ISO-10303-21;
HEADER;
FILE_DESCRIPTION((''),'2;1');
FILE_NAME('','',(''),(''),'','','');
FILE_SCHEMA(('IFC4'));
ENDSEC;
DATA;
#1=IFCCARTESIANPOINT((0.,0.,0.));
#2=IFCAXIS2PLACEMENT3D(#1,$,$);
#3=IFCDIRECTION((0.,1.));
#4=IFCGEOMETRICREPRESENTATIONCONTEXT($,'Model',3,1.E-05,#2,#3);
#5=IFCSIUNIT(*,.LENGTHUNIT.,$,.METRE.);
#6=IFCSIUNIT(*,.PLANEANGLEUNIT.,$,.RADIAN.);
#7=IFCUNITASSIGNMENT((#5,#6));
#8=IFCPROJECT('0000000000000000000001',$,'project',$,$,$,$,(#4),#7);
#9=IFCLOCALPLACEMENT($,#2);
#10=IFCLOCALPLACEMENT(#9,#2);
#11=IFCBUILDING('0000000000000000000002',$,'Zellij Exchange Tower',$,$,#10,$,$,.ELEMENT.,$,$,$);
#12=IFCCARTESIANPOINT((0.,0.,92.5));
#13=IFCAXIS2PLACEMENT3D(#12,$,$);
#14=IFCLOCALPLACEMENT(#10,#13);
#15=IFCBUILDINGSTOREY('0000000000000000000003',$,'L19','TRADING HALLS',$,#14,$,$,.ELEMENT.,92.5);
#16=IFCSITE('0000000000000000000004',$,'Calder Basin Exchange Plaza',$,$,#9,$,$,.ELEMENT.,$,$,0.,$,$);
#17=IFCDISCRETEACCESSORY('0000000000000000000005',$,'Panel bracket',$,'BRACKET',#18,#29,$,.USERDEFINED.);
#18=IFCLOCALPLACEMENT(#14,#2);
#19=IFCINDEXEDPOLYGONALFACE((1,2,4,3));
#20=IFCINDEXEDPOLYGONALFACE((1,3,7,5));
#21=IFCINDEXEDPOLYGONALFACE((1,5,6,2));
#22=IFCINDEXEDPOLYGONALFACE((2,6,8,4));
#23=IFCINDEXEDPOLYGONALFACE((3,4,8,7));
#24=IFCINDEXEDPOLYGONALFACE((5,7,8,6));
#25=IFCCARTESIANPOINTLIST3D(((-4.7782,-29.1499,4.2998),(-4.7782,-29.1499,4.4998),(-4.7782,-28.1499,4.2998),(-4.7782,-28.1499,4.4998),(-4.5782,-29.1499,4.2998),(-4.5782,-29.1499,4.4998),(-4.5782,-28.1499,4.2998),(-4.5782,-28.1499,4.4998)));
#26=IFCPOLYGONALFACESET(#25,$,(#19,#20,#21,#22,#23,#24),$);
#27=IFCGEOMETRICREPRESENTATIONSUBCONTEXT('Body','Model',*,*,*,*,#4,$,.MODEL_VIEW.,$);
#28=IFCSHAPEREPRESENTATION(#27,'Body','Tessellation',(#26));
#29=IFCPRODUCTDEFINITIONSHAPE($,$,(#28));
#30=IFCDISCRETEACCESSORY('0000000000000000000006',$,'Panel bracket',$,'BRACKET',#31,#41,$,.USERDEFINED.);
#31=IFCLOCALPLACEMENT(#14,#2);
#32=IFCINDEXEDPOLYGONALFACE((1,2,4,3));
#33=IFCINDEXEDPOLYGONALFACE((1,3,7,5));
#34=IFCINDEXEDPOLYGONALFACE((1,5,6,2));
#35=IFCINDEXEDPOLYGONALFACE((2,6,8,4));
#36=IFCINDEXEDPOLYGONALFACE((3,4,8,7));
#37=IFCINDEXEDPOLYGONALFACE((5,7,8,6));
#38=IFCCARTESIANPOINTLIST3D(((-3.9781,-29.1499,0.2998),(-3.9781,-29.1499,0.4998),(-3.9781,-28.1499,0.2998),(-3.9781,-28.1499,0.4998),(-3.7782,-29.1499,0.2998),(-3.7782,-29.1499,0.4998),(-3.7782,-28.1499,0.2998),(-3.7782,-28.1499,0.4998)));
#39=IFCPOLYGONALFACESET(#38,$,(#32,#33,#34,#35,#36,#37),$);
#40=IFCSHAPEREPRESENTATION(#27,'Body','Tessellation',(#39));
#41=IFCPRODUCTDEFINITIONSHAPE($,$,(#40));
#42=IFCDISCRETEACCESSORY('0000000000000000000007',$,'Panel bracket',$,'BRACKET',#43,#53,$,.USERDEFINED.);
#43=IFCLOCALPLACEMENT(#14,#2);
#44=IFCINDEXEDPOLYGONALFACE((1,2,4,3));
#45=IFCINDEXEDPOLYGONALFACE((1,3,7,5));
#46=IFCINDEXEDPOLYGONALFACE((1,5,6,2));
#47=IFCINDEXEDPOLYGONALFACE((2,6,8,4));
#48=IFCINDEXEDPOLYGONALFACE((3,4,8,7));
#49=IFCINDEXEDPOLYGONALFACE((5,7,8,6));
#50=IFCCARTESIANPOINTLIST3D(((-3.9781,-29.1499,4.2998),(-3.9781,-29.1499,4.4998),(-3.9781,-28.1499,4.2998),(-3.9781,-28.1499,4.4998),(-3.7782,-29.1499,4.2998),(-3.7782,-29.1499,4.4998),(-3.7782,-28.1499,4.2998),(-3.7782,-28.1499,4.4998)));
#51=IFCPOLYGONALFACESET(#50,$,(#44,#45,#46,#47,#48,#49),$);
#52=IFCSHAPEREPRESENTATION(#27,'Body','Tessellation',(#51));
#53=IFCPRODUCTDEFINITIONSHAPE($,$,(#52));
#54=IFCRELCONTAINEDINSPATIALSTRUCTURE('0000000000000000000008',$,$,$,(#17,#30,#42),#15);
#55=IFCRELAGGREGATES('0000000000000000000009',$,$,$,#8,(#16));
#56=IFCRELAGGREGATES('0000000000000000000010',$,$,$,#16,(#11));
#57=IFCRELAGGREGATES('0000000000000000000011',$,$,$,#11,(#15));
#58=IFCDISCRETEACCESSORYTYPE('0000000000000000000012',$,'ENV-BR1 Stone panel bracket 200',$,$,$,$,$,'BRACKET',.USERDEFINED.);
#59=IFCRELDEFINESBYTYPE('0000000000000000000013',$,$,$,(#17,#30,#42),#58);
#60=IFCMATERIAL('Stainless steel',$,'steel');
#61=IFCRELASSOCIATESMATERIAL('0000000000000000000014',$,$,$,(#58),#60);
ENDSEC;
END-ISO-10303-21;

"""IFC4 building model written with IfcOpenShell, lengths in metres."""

from ifc_helpers import new_model, si_unit, direction, frame, origin, origin_2d, place, context, subcontext, project, spatial, rectangle, extrude, material, type_object, element, save


model = new_model("IFC4")

# Units and contexts
model_context = context("Model", 3, precision=1e-05, world=origin(), true_north=direction((0.0, 1.0)))
body_context = subcontext(model_context, "Body", "Model", "MODEL_VIEW")
ifc_project = project(units=[si_unit("LENGTHUNIT", "METRE"), si_unit("PLANEANGLEUNIT", "RADIAN")], contexts=[model_context])

# Site, building, storey
site_placement = place(None, origin())
site = spatial("IfcSite", under=ifc_project, at=site_placement, Name="Calder Basin Exchange Plaza", CompositionType="ELEMENT", RefElevation=0.0)
building_placement = place(site_placement, origin())
building = spatial("IfcBuilding", under=site, at=building_placement, Name="Zellij Exchange Tower", CompositionType="ELEMENT")
storey_placement = place(building_placement, frame((0.0, 0.0, 92.5)))
storey = spatial("IfcBuildingStorey", under=building, at=storey_placement, Name="L19", Description="TRADING HALLS", CompositionType="ELEMENT", Elevation=92.5)

# Discrete accessories
ifc_material_1 = material(Name="Stainless steel", Category="steel")
discrete_accessory_type = type_object("IfcDiscreteAccessoryType", Name="ENV-BR1 Stone panel bracket 200", ElementType="BRACKET", PredefinedType="USERDEFINED", material=ifc_material_1)
for number, where, z_axis, x_axis, name in (
    (1, (-4.6782, -28.6499, 4.2998), (0.0, 0.0, 1.0), (1.0, 0.0, 0.0), "Panel bracket"),
    (2, (-3.8782, -28.6499, 0.2998), (0.0, 0.0, 1.0), (1.0, 0.0, 0.0), "Panel bracket"),
    (3, (-3.8782, -28.6499, 4.2998), (0.0, 0.0, 1.0), (1.0, 0.0, 0.0), "Panel bracket"),
):
    element("IfcDiscreteAccessory", number, at=place(storey_placement, frame(where, z_axis=z_axis, x_axis=x_axis)), inside=storey, type_object=discrete_accessory_type, Name=name, ObjectType="BRACKET", PredefinedType="USERDEFINED", context=body_context, shape_type="SweptSolid", body=[
        extrude(rectangle(XDim=0.2, YDim=1.0, at=origin_2d()), origin(), (0.0, 0.0, 1.0), 0.2),
    ])

save(model, "model.ifc")
